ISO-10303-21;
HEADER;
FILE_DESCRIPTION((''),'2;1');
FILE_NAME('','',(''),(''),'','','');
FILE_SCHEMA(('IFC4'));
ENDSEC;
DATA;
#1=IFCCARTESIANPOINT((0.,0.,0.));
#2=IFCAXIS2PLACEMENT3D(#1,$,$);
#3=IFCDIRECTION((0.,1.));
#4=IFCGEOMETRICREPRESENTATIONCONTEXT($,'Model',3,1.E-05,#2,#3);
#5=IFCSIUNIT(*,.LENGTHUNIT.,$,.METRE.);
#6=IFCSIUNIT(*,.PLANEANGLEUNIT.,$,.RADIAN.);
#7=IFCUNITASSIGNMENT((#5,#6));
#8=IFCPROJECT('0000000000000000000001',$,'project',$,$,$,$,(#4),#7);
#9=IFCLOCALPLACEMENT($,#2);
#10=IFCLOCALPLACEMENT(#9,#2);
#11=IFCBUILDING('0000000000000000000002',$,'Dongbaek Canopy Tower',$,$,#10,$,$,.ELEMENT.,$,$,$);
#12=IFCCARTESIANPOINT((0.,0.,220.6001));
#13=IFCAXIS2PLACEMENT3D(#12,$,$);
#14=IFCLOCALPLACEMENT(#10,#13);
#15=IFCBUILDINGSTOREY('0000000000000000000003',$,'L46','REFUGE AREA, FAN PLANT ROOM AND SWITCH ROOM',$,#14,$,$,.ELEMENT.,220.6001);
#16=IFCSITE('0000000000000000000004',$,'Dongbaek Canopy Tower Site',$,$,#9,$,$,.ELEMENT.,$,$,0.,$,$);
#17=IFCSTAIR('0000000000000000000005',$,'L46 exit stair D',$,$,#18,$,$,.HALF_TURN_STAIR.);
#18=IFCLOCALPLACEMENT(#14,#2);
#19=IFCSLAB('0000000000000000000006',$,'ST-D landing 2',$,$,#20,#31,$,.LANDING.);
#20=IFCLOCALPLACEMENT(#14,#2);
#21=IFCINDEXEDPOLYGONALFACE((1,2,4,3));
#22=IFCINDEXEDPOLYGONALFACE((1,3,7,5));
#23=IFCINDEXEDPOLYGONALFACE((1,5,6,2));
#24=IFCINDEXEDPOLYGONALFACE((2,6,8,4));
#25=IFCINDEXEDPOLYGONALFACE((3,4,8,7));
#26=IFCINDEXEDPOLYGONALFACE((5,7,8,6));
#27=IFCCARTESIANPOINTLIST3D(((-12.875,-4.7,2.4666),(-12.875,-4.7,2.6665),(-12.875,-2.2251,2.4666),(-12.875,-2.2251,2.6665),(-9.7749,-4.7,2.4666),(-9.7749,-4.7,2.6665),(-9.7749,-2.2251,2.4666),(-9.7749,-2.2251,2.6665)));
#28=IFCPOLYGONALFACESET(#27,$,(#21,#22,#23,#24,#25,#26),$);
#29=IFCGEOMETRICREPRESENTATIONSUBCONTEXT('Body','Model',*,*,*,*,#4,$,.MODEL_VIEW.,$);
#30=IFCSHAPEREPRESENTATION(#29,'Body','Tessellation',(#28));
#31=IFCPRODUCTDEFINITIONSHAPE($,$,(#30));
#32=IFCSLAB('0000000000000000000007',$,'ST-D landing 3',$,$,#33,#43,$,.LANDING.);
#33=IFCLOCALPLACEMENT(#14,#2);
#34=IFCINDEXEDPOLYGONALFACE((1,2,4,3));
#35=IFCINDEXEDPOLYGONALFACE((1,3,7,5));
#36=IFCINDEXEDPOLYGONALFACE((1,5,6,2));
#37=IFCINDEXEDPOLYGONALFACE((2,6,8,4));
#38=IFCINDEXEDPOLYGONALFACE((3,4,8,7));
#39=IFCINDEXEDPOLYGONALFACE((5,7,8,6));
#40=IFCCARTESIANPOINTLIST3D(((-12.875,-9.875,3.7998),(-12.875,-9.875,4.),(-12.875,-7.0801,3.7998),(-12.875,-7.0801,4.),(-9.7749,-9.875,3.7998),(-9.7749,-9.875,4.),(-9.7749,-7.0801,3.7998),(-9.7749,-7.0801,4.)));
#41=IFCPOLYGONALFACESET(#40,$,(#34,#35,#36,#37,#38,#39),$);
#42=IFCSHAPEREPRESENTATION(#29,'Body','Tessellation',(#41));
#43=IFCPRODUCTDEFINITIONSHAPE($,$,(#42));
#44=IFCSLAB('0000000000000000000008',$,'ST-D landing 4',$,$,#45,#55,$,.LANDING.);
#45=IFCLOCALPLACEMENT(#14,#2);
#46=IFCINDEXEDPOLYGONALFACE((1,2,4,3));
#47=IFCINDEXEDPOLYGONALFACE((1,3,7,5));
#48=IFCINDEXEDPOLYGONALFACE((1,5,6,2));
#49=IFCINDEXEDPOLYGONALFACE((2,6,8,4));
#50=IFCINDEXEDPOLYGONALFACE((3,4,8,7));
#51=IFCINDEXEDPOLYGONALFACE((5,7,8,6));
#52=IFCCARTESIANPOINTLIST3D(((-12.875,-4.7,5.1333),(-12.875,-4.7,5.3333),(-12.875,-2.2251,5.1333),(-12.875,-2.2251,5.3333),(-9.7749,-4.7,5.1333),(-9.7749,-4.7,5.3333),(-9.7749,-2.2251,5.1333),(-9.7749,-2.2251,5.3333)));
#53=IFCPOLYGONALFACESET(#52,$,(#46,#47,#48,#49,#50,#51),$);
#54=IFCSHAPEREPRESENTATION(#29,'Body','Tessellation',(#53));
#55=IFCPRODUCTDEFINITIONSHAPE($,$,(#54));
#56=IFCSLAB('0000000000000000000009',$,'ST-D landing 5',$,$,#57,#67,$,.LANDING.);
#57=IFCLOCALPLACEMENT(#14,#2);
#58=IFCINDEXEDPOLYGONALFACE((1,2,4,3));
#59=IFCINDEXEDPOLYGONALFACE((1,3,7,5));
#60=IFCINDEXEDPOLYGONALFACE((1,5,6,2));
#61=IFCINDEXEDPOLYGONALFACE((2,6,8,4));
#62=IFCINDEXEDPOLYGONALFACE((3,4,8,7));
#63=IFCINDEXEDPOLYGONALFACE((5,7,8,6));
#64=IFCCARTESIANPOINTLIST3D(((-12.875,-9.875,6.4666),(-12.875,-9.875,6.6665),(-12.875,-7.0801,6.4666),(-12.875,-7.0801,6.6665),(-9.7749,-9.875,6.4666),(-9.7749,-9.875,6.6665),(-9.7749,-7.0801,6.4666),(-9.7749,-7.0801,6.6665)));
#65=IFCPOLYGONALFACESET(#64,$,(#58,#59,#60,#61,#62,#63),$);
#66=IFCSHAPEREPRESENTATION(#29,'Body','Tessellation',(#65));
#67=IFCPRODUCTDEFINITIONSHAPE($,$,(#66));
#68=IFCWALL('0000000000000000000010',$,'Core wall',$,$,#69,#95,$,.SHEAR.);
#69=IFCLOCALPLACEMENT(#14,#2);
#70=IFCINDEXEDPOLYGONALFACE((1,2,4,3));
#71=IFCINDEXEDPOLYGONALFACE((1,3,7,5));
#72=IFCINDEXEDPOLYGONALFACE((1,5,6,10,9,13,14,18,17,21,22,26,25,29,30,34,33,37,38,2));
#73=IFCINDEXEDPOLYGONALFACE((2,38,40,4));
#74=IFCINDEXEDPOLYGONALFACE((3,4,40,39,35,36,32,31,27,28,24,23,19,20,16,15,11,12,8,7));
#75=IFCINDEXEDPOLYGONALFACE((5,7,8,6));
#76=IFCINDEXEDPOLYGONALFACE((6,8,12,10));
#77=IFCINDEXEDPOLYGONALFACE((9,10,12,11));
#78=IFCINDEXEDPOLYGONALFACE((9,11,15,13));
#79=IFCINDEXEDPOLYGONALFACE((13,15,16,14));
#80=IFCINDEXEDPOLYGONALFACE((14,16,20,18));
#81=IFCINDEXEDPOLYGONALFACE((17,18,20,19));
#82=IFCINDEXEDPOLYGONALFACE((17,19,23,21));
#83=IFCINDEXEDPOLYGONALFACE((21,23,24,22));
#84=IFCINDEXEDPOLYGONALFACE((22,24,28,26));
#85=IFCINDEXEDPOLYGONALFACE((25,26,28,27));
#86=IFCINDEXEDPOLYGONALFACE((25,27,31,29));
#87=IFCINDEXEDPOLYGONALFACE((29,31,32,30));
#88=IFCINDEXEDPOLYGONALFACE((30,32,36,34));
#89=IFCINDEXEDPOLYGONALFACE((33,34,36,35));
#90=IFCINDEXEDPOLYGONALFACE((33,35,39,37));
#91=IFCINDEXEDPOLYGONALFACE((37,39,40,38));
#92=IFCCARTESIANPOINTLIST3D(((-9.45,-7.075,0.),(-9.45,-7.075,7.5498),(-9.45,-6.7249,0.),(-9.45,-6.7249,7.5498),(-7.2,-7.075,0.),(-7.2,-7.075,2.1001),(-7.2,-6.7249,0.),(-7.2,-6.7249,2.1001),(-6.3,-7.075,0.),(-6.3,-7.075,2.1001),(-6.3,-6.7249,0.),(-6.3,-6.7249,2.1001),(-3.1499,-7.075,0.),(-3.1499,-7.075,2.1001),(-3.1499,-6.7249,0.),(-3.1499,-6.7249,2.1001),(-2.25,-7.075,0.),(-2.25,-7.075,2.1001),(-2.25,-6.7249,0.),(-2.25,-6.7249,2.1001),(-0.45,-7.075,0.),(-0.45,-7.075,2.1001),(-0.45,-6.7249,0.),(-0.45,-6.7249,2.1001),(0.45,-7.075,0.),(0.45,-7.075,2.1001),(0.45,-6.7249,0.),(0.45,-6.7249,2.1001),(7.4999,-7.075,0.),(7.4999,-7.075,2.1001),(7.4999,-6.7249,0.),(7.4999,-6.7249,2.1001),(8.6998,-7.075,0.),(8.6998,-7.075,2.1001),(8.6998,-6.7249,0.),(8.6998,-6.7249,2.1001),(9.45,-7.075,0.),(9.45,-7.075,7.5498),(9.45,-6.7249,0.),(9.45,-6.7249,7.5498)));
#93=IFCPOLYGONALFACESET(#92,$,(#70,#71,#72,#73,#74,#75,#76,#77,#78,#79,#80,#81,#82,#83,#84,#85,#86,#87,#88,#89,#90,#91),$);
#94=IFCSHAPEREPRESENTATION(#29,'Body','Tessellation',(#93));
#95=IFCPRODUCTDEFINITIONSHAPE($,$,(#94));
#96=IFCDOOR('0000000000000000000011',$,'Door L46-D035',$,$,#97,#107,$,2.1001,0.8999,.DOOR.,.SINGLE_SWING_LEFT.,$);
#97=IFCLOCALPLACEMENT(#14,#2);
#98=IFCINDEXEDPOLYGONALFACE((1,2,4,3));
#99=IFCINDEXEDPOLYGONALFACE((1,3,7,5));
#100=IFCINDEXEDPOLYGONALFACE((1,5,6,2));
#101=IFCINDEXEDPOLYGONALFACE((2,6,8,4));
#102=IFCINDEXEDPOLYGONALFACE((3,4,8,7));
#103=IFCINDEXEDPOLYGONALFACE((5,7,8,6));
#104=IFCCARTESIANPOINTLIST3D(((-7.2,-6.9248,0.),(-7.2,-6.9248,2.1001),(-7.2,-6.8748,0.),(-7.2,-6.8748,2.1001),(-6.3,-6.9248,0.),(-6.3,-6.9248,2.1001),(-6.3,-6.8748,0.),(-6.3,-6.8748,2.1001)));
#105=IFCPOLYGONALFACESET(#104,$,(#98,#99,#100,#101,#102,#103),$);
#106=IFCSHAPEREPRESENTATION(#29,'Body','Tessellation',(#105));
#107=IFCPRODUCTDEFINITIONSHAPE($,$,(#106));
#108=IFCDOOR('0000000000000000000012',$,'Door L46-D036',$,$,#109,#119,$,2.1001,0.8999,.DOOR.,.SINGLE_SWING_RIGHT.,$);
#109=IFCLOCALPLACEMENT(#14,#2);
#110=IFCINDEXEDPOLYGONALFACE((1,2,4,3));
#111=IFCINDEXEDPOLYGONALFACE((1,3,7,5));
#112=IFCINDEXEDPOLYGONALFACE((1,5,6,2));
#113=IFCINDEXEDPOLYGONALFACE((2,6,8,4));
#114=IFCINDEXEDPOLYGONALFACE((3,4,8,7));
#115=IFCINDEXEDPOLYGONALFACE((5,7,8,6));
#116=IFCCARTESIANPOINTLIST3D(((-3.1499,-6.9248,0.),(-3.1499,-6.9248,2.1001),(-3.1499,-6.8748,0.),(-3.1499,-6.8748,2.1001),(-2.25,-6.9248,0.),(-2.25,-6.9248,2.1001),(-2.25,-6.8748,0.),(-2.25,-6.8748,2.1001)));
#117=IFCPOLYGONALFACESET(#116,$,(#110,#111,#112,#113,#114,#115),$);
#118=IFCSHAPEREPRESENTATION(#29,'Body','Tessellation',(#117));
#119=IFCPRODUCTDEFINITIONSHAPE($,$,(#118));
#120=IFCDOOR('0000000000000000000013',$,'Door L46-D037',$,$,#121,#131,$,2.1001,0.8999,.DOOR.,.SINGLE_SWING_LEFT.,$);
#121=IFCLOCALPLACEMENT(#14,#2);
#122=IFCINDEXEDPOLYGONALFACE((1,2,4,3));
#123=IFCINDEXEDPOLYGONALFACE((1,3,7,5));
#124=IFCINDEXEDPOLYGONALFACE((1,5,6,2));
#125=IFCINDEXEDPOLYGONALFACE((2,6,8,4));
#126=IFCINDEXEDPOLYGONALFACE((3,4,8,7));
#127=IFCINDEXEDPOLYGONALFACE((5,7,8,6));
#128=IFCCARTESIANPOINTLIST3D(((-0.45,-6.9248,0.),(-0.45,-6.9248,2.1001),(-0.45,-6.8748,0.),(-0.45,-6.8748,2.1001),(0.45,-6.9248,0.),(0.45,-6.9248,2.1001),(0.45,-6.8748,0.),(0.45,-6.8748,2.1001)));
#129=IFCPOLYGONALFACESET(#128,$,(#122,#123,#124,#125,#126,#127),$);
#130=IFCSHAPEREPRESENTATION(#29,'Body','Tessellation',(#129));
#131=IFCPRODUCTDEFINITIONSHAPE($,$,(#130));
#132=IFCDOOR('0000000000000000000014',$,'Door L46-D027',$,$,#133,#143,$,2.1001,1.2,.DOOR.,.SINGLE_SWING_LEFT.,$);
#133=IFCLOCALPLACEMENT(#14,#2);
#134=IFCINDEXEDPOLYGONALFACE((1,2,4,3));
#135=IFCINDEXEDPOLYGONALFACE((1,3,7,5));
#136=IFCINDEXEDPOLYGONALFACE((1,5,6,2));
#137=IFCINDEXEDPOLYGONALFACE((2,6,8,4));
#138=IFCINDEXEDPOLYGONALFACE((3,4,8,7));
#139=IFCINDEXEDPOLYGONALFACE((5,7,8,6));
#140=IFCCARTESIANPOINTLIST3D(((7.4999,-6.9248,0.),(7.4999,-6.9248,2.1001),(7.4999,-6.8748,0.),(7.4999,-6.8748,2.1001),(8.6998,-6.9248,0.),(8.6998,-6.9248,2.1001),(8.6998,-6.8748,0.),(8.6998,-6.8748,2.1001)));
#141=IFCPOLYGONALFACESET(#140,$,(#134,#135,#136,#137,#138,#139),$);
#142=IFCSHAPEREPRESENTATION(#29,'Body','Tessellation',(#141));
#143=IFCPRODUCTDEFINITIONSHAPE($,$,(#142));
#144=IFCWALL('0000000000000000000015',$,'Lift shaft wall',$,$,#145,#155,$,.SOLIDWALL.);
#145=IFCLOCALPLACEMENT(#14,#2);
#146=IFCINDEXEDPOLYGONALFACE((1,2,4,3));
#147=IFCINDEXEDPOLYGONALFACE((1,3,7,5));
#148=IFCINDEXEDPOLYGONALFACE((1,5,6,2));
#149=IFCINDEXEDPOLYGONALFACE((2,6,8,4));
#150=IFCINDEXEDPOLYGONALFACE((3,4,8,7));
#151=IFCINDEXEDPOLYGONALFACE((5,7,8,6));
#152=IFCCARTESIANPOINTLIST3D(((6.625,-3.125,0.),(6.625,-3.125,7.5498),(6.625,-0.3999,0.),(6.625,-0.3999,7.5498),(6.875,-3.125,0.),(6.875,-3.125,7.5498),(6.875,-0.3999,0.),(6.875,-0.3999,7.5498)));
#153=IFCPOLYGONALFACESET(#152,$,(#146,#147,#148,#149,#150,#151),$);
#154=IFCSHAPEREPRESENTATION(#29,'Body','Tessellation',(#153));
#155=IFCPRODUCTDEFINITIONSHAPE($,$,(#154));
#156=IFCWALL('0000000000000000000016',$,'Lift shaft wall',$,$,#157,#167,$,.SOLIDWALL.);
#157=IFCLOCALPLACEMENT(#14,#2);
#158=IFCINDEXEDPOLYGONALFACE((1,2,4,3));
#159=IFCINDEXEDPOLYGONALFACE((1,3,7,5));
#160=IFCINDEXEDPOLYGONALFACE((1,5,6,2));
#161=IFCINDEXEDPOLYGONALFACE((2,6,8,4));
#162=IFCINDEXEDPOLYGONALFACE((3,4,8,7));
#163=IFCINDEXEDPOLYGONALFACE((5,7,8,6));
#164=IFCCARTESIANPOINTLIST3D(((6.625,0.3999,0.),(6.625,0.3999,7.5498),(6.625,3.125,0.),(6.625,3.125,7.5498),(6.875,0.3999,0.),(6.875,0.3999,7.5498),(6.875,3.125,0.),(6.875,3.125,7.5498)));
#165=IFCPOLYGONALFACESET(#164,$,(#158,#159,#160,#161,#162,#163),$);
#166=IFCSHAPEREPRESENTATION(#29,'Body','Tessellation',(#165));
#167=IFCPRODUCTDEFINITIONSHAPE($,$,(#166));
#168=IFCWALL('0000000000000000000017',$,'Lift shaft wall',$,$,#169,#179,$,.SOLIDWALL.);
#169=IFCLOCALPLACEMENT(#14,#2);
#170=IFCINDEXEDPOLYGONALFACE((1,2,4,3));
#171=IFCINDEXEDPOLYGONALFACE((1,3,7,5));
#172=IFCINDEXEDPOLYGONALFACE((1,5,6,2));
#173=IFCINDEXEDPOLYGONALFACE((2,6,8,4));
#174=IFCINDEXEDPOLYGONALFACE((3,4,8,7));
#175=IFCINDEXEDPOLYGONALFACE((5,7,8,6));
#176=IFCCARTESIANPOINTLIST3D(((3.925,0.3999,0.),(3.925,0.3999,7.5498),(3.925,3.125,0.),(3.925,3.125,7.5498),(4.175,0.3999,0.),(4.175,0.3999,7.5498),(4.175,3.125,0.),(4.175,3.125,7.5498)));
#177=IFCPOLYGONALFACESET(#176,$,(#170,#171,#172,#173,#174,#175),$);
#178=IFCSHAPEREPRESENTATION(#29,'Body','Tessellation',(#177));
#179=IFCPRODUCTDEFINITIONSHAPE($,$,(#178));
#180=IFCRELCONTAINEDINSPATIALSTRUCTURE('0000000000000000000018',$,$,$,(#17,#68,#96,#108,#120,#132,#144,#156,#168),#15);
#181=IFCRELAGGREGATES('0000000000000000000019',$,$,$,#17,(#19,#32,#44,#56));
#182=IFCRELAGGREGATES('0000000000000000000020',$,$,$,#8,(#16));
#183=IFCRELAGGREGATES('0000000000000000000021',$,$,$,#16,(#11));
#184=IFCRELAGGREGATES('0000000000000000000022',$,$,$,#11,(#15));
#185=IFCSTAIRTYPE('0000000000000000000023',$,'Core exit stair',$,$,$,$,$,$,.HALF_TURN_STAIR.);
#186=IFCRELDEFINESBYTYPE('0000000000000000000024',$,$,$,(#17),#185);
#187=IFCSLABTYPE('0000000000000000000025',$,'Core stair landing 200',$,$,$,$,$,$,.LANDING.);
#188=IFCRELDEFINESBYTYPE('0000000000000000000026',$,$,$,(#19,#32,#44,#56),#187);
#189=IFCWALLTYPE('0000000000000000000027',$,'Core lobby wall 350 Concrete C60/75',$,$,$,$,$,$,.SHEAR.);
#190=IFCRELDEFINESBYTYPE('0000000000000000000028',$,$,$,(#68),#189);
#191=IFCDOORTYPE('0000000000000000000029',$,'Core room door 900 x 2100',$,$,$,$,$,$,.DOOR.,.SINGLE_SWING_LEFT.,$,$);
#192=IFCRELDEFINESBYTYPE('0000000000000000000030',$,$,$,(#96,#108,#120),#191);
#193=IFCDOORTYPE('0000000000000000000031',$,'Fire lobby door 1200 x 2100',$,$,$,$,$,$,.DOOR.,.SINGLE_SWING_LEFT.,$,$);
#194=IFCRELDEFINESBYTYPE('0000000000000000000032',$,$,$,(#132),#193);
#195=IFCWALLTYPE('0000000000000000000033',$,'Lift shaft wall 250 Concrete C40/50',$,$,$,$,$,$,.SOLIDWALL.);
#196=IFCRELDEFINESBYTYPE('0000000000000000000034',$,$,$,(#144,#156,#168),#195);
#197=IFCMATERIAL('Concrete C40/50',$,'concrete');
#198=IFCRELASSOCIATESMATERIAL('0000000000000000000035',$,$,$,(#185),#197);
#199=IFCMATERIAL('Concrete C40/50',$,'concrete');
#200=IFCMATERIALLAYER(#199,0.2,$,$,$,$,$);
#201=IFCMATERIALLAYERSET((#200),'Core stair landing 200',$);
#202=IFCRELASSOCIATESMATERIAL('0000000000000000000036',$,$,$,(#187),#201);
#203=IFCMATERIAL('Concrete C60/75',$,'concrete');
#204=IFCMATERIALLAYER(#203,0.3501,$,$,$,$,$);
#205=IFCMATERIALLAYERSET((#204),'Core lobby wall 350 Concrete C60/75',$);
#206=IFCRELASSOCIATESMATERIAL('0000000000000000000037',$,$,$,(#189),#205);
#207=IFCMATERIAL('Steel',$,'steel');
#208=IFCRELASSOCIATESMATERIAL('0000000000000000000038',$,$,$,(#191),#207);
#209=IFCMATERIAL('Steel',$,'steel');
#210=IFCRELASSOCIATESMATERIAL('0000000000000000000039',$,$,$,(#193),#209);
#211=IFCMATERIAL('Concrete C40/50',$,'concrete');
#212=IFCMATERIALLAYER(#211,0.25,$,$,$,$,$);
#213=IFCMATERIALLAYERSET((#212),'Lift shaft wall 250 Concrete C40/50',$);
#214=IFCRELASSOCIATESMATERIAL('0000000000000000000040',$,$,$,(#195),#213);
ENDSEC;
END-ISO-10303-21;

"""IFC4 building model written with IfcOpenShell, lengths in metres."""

from ifc_helpers import new_model, si_unit, direction, frame, frame_2d, origin, place, context, subcontext, project, spatial, polyline, rectangle, outline, extrude, material, layer, layer_set, type_object, element, fill, aggregate, save


model = new_model("IFC4")

# Units and contexts
model_context = context("Model", 3, precision=1e-05, world=origin(), true_north=direction((0.0, 1.0)))
body_context = subcontext(model_context, "Body", "Model", "MODEL_VIEW")
ifc_project = project(units=[si_unit("LENGTHUNIT", "METRE"), si_unit("PLANEANGLEUNIT", "RADIAN")], contexts=[model_context])

# Site, building, storey
site_placement = place(None, origin())
site = spatial("IfcSite", under=ifc_project, at=site_placement, Name="Dongbaek Canopy Tower Site", CompositionType="ELEMENT", RefElevation=0.0)
building_placement = place(site_placement, origin())
building = spatial("IfcBuilding", under=site, at=building_placement, Name="Dongbaek Canopy Tower", CompositionType="ELEMENT")
storey_placement = place(building_placement, frame((0.0, 0.0, 220.6001)))
storey = spatial("IfcBuildingStorey", under=building, at=storey_placement, Name="L46", Description="REFUGE AREA, FAN PLANT ROOM AND SWITCH ROOM", CompositionType="ELEMENT", Elevation=220.6001)

# Stair, slabs
ifc_material_1 = material(Name="Concrete C40/50", Category="concrete")
stair_type = type_object("IfcStairType", Name="Core exit stair", PredefinedType="HALF_TURN_STAIR", material=ifc_material_1)
stair_1_placement = place(storey_placement, origin())
stair_1 = element("IfcStair", 1, at=stair_1_placement, inside=storey, type_object=stair_type, Name="L46 exit stair D", PredefinedType="HALF_TURN_STAIR")
ifc_material_2 = material(Name="Concrete C40/50", Category="concrete")
ifc_layer_1 = layer(ifc_material_2, 0.2)
ifc_layer_set_1 = layer_set([ifc_layer_1], Name="Core stair landing 200")
slab_type = type_object("IfcSlabType", Name="Core stair landing 200", PredefinedType="LANDING", material=ifc_layer_set_1)
slab_1_placement = place(storey_placement, frame((0.0, 0.0, 2.4666)))
slab_1 = element("IfcSlab", 2, at=slab_1_placement, type_object=slab_type, Name="ST-D landing 2", PredefinedType="LANDING", context=body_context, shape_type="SweptSolid", body=[
    extrude(outline(polyline([(-12.875, -2.2251), (-12.875, -4.7), (-9.7749, -4.7), (-9.7749, -2.2251), (-12.875, -2.2251)])), origin(), (0.0, 0.0, 1.0), 0.2),
])
slab_2_placement = place(storey_placement, frame((0.0, 0.0, 3.7998)))
slab_2 = element("IfcSlab", 3, at=slab_2_placement, type_object=slab_type, Name="ST-D landing 3", PredefinedType="LANDING", context=body_context, shape_type="SweptSolid", body=[
    extrude(outline(polyline([(-12.875, -7.0801), (-12.875, -9.875), (-9.7749, -9.875), (-9.7749, -7.0801), (-12.875, -7.0801)])), origin(), (0.0, 0.0, 1.0), 0.2002),
])
slab_3_placement = place(storey_placement, frame((0.0, 0.0, 5.1333)))
slab_3 = element("IfcSlab", 4, at=slab_3_placement, type_object=slab_type, Name="ST-D landing 4", PredefinedType="LANDING", context=body_context, shape_type="SweptSolid", body=[
    extrude(outline(polyline([(-12.875, -2.2251), (-12.875, -4.7), (-9.7749, -4.7), (-9.7749, -2.2251), (-12.875, -2.2251)])), origin(), (0.0, 0.0, 1.0), 0.2),
])
slab_4_placement = place(storey_placement, frame((0.0, 0.0, 6.4666)))
slab_4 = element("IfcSlab", 5, at=slab_4_placement, type_object=slab_type, Name="ST-D landing 5", PredefinedType="LANDING", context=body_context, shape_type="SweptSolid", body=[
    extrude(outline(polyline([(-12.875, -7.0801), (-12.875, -9.875), (-9.7749, -9.875), (-9.7749, -7.0801), (-12.875, -7.0801)])), origin(), (0.0, 0.0, 1.0), 0.2),
])
aggregate(stair_1, [slab_1, slab_2, slab_3, slab_4])

# Wall, openings, doors
ifc_material_3 = material(Name="Concrete C60/75", Category="concrete")
ifc_layer_2 = layer(ifc_material_3, 0.3501)
ifc_layer_set_2 = layer_set([ifc_layer_2], Name="Core lobby wall 350 Concrete C60/75")
wall_type_1 = type_object("IfcWallType", Name="Core lobby wall 350 Concrete C60/75", PredefinedType="SHEAR", material=ifc_layer_set_2)
wall_1_placement = place(storey_placement, frame((9.45, -6.8999, 0.0), z_axis=(0.0, 0.0, 1.0), x_axis=(-1.0, 0.0, 0.0)))
wall_1 = element("IfcWall", 6, at=wall_1_placement, inside=storey, type_object=wall_type_1, Name="Core wall", PredefinedType="SHEAR", context=body_context, shape_type="SweptSolid", body=[
    extrude(rectangle(XDim=18.8999, YDim=0.3501, at=frame_2d((9.45, 0.0))), origin(), (0.0, 0.0, 1.0), 7.5498),
])
opening_1_placement = place(wall_1_placement, frame((0.75, 0.0, 0.0)))
opening_1 = element("IfcOpeningElement", 7, at=opening_1_placement, cuts=wall_1, PredefinedType="OPENING", context=body_context, shape_type="SweptSolid", body=[
    extrude(rectangle(XDim=1.2, YDim=2.1001, at=frame_2d((0.6001, 1.05))), frame((0.0, 0.1851, 0.0), z_axis=(0.0, -1.0, 0.0), x_axis=(1.0, 0.0, 0.0)), (0.0, 0.0, 1.0), 0.3701),
])
opening_2_placement = place(wall_1_placement, frame((15.75, 0.0, 0.0)))
opening_2 = element("IfcOpeningElement", 8, at=opening_2_placement, cuts=wall_1, PredefinedType="OPENING", context=body_context, shape_type="SweptSolid", body=[
    extrude(rectangle(XDim=0.8999, YDim=2.1001, at=frame_2d((0.45, 1.05))), frame((0.0, 0.1851, 0.0), z_axis=(0.0, -1.0, 0.0), x_axis=(1.0, 0.0, 0.0)), (0.0, 0.0, 1.0), 0.3701),
])
opening_3_placement = place(wall_1_placement, frame((11.7, 0.0, 0.0)))
opening_3 = element("IfcOpeningElement", 9, at=opening_3_placement, cuts=wall_1, PredefinedType="OPENING", context=body_context, shape_type="SweptSolid", body=[
    extrude(rectangle(XDim=0.8999, YDim=2.1001, at=frame_2d((0.45, 1.05))), frame((0.0, 0.1851, 0.0), z_axis=(0.0, -1.0, 0.0), x_axis=(1.0, 0.0, 0.0)), (0.0, 0.0, 1.0), 0.3701),
])
opening_4_placement = place(wall_1_placement, frame((9.0, 0.0, 0.0)))
opening_4 = element("IfcOpeningElement", 10, at=opening_4_placement, cuts=wall_1, PredefinedType="OPENING", context=body_context, shape_type="SweptSolid", body=[
    extrude(rectangle(XDim=0.8999, YDim=2.1001, at=frame_2d((0.45, 1.05))), frame((0.0, 0.1851, 0.0), z_axis=(0.0, -1.0, 0.0), x_axis=(1.0, 0.0, 0.0)), (0.0, 0.0, 1.0), 0.3701),
])
ifc_material_4 = material(Name="Steel", Category="steel")
door_type_1 = type_object("IfcDoorType", Name="Core room door 900 x 2100", OperationType="SINGLE_SWING_LEFT", PredefinedType="DOOR", material=ifc_material_4)
door_1_placement = place(opening_2_placement, origin())
door_1 = element("IfcDoor", 11, at=door_1_placement, inside=storey, type_object=door_type_1, Name="Door L46-D035", OperationType="SINGLE_SWING_LEFT", OverallHeight=2.1001, OverallWidth=0.8999, PredefinedType="DOOR", context=body_context, shape_type="SweptSolid", body=[
    extrude(rectangle(XDim=0.8999, YDim=2.1001, at=frame_2d((0.45, 1.05))), frame((0.0, 0.0249, 0.0), z_axis=(0.0, -1.0, 0.0), x_axis=(1.0, 0.0, 0.0)), (0.0, 0.0, 1.0), 0.05),
])
fill(opening_2, door_1)
door_2_placement = place(opening_3_placement, origin())
door_2 = element("IfcDoor", 12, at=door_2_placement, inside=storey, type_object=door_type_1, Name="Door L46-D036", OperationType="SINGLE_SWING_RIGHT", OverallHeight=2.1001, OverallWidth=0.8999, PredefinedType="DOOR", context=body_context, shape_type="SweptSolid", body=[
    extrude(rectangle(XDim=0.8999, YDim=2.1001, at=frame_2d((0.45, 1.05))), frame((0.0, 0.0249, 0.0), z_axis=(0.0, -1.0, 0.0), x_axis=(1.0, 0.0, 0.0)), (0.0, 0.0, 1.0), 0.05),
])
fill(opening_3, door_2)
door_3_placement = place(opening_4_placement, origin())
door_3 = element("IfcDoor", 13, at=door_3_placement, inside=storey, type_object=door_type_1, Name="Door L46-D037", OperationType="SINGLE_SWING_LEFT", OverallHeight=2.1001, OverallWidth=0.8999, PredefinedType="DOOR", context=body_context, shape_type="SweptSolid", body=[
    extrude(rectangle(XDim=0.8999, YDim=2.1001, at=frame_2d((0.45, 1.05))), frame((0.0, 0.0249, 0.0), z_axis=(0.0, -1.0, 0.0), x_axis=(1.0, 0.0, 0.0)), (0.0, 0.0, 1.0), 0.05),
])
fill(opening_4, door_3)
ifc_material_5 = material(Name="Steel", Category="steel")
door_type_2 = type_object("IfcDoorType", Name="Fire lobby door 1200 x 2100", OperationType="SINGLE_SWING_LEFT", PredefinedType="DOOR", material=ifc_material_5)
door_4_placement = place(opening_1_placement, origin())
door_4 = element("IfcDoor", 14, at=door_4_placement, inside=storey, type_object=door_type_2, Name="Door L46-D027", OperationType="SINGLE_SWING_LEFT", OverallHeight=2.1001, OverallWidth=1.2, PredefinedType="DOOR", context=body_context, shape_type="SweptSolid", body=[
    extrude(rectangle(XDim=1.2, YDim=2.1001, at=frame_2d((0.6001, 1.05))), frame((0.0, 0.0249, 0.0), z_axis=(0.0, -1.0, 0.0), x_axis=(1.0, 0.0, 0.0)), (0.0, 0.0, 1.0), 0.05),
])
fill(opening_1, door_4)

# Walls
ifc_material_6 = material(Name="Concrete C40/50", Category="concrete")
ifc_layer_3 = layer(ifc_material_6, 0.25)
ifc_layer_set_3 = layer_set([ifc_layer_3], Name="Lift shaft wall 250 Concrete C40/50")
wall_type_2 = type_object("IfcWallType", Name="Lift shaft wall 250 Concrete C40/50", PredefinedType="SOLIDWALL", material=ifc_layer_set_3)
for number, where, z_axis, x_axis, name in (
    (15, (6.75, -3.125, 0.0), (0.0, 0.0, 1.0), (0.0, 1.0, 0.0), "Lift shaft wall"),
    (16, (6.75, 0.3999, 0.0), (0.0, 0.0, 1.0), (0.0, 1.0, 0.0), "Lift shaft wall"),
    (17, (4.05, 0.3999, 0.0), (0.0, 0.0, 1.0), (0.0, 1.0, 0.0), "Lift shaft wall"),
):
    element("IfcWall", number, at=place(storey_placement, frame(where, z_axis=z_axis, x_axis=x_axis)), inside=storey, type_object=wall_type_2, Name=name, PredefinedType="SOLIDWALL", context=body_context, shape_type="SweptSolid", body=[
        extrude(rectangle(XDim=2.7251, YDim=0.25, at=frame_2d((1.3625, 0.0))), origin(), (0.0, 0.0, 1.0), 7.5498),
    ])

save(model, "model.ifc")
